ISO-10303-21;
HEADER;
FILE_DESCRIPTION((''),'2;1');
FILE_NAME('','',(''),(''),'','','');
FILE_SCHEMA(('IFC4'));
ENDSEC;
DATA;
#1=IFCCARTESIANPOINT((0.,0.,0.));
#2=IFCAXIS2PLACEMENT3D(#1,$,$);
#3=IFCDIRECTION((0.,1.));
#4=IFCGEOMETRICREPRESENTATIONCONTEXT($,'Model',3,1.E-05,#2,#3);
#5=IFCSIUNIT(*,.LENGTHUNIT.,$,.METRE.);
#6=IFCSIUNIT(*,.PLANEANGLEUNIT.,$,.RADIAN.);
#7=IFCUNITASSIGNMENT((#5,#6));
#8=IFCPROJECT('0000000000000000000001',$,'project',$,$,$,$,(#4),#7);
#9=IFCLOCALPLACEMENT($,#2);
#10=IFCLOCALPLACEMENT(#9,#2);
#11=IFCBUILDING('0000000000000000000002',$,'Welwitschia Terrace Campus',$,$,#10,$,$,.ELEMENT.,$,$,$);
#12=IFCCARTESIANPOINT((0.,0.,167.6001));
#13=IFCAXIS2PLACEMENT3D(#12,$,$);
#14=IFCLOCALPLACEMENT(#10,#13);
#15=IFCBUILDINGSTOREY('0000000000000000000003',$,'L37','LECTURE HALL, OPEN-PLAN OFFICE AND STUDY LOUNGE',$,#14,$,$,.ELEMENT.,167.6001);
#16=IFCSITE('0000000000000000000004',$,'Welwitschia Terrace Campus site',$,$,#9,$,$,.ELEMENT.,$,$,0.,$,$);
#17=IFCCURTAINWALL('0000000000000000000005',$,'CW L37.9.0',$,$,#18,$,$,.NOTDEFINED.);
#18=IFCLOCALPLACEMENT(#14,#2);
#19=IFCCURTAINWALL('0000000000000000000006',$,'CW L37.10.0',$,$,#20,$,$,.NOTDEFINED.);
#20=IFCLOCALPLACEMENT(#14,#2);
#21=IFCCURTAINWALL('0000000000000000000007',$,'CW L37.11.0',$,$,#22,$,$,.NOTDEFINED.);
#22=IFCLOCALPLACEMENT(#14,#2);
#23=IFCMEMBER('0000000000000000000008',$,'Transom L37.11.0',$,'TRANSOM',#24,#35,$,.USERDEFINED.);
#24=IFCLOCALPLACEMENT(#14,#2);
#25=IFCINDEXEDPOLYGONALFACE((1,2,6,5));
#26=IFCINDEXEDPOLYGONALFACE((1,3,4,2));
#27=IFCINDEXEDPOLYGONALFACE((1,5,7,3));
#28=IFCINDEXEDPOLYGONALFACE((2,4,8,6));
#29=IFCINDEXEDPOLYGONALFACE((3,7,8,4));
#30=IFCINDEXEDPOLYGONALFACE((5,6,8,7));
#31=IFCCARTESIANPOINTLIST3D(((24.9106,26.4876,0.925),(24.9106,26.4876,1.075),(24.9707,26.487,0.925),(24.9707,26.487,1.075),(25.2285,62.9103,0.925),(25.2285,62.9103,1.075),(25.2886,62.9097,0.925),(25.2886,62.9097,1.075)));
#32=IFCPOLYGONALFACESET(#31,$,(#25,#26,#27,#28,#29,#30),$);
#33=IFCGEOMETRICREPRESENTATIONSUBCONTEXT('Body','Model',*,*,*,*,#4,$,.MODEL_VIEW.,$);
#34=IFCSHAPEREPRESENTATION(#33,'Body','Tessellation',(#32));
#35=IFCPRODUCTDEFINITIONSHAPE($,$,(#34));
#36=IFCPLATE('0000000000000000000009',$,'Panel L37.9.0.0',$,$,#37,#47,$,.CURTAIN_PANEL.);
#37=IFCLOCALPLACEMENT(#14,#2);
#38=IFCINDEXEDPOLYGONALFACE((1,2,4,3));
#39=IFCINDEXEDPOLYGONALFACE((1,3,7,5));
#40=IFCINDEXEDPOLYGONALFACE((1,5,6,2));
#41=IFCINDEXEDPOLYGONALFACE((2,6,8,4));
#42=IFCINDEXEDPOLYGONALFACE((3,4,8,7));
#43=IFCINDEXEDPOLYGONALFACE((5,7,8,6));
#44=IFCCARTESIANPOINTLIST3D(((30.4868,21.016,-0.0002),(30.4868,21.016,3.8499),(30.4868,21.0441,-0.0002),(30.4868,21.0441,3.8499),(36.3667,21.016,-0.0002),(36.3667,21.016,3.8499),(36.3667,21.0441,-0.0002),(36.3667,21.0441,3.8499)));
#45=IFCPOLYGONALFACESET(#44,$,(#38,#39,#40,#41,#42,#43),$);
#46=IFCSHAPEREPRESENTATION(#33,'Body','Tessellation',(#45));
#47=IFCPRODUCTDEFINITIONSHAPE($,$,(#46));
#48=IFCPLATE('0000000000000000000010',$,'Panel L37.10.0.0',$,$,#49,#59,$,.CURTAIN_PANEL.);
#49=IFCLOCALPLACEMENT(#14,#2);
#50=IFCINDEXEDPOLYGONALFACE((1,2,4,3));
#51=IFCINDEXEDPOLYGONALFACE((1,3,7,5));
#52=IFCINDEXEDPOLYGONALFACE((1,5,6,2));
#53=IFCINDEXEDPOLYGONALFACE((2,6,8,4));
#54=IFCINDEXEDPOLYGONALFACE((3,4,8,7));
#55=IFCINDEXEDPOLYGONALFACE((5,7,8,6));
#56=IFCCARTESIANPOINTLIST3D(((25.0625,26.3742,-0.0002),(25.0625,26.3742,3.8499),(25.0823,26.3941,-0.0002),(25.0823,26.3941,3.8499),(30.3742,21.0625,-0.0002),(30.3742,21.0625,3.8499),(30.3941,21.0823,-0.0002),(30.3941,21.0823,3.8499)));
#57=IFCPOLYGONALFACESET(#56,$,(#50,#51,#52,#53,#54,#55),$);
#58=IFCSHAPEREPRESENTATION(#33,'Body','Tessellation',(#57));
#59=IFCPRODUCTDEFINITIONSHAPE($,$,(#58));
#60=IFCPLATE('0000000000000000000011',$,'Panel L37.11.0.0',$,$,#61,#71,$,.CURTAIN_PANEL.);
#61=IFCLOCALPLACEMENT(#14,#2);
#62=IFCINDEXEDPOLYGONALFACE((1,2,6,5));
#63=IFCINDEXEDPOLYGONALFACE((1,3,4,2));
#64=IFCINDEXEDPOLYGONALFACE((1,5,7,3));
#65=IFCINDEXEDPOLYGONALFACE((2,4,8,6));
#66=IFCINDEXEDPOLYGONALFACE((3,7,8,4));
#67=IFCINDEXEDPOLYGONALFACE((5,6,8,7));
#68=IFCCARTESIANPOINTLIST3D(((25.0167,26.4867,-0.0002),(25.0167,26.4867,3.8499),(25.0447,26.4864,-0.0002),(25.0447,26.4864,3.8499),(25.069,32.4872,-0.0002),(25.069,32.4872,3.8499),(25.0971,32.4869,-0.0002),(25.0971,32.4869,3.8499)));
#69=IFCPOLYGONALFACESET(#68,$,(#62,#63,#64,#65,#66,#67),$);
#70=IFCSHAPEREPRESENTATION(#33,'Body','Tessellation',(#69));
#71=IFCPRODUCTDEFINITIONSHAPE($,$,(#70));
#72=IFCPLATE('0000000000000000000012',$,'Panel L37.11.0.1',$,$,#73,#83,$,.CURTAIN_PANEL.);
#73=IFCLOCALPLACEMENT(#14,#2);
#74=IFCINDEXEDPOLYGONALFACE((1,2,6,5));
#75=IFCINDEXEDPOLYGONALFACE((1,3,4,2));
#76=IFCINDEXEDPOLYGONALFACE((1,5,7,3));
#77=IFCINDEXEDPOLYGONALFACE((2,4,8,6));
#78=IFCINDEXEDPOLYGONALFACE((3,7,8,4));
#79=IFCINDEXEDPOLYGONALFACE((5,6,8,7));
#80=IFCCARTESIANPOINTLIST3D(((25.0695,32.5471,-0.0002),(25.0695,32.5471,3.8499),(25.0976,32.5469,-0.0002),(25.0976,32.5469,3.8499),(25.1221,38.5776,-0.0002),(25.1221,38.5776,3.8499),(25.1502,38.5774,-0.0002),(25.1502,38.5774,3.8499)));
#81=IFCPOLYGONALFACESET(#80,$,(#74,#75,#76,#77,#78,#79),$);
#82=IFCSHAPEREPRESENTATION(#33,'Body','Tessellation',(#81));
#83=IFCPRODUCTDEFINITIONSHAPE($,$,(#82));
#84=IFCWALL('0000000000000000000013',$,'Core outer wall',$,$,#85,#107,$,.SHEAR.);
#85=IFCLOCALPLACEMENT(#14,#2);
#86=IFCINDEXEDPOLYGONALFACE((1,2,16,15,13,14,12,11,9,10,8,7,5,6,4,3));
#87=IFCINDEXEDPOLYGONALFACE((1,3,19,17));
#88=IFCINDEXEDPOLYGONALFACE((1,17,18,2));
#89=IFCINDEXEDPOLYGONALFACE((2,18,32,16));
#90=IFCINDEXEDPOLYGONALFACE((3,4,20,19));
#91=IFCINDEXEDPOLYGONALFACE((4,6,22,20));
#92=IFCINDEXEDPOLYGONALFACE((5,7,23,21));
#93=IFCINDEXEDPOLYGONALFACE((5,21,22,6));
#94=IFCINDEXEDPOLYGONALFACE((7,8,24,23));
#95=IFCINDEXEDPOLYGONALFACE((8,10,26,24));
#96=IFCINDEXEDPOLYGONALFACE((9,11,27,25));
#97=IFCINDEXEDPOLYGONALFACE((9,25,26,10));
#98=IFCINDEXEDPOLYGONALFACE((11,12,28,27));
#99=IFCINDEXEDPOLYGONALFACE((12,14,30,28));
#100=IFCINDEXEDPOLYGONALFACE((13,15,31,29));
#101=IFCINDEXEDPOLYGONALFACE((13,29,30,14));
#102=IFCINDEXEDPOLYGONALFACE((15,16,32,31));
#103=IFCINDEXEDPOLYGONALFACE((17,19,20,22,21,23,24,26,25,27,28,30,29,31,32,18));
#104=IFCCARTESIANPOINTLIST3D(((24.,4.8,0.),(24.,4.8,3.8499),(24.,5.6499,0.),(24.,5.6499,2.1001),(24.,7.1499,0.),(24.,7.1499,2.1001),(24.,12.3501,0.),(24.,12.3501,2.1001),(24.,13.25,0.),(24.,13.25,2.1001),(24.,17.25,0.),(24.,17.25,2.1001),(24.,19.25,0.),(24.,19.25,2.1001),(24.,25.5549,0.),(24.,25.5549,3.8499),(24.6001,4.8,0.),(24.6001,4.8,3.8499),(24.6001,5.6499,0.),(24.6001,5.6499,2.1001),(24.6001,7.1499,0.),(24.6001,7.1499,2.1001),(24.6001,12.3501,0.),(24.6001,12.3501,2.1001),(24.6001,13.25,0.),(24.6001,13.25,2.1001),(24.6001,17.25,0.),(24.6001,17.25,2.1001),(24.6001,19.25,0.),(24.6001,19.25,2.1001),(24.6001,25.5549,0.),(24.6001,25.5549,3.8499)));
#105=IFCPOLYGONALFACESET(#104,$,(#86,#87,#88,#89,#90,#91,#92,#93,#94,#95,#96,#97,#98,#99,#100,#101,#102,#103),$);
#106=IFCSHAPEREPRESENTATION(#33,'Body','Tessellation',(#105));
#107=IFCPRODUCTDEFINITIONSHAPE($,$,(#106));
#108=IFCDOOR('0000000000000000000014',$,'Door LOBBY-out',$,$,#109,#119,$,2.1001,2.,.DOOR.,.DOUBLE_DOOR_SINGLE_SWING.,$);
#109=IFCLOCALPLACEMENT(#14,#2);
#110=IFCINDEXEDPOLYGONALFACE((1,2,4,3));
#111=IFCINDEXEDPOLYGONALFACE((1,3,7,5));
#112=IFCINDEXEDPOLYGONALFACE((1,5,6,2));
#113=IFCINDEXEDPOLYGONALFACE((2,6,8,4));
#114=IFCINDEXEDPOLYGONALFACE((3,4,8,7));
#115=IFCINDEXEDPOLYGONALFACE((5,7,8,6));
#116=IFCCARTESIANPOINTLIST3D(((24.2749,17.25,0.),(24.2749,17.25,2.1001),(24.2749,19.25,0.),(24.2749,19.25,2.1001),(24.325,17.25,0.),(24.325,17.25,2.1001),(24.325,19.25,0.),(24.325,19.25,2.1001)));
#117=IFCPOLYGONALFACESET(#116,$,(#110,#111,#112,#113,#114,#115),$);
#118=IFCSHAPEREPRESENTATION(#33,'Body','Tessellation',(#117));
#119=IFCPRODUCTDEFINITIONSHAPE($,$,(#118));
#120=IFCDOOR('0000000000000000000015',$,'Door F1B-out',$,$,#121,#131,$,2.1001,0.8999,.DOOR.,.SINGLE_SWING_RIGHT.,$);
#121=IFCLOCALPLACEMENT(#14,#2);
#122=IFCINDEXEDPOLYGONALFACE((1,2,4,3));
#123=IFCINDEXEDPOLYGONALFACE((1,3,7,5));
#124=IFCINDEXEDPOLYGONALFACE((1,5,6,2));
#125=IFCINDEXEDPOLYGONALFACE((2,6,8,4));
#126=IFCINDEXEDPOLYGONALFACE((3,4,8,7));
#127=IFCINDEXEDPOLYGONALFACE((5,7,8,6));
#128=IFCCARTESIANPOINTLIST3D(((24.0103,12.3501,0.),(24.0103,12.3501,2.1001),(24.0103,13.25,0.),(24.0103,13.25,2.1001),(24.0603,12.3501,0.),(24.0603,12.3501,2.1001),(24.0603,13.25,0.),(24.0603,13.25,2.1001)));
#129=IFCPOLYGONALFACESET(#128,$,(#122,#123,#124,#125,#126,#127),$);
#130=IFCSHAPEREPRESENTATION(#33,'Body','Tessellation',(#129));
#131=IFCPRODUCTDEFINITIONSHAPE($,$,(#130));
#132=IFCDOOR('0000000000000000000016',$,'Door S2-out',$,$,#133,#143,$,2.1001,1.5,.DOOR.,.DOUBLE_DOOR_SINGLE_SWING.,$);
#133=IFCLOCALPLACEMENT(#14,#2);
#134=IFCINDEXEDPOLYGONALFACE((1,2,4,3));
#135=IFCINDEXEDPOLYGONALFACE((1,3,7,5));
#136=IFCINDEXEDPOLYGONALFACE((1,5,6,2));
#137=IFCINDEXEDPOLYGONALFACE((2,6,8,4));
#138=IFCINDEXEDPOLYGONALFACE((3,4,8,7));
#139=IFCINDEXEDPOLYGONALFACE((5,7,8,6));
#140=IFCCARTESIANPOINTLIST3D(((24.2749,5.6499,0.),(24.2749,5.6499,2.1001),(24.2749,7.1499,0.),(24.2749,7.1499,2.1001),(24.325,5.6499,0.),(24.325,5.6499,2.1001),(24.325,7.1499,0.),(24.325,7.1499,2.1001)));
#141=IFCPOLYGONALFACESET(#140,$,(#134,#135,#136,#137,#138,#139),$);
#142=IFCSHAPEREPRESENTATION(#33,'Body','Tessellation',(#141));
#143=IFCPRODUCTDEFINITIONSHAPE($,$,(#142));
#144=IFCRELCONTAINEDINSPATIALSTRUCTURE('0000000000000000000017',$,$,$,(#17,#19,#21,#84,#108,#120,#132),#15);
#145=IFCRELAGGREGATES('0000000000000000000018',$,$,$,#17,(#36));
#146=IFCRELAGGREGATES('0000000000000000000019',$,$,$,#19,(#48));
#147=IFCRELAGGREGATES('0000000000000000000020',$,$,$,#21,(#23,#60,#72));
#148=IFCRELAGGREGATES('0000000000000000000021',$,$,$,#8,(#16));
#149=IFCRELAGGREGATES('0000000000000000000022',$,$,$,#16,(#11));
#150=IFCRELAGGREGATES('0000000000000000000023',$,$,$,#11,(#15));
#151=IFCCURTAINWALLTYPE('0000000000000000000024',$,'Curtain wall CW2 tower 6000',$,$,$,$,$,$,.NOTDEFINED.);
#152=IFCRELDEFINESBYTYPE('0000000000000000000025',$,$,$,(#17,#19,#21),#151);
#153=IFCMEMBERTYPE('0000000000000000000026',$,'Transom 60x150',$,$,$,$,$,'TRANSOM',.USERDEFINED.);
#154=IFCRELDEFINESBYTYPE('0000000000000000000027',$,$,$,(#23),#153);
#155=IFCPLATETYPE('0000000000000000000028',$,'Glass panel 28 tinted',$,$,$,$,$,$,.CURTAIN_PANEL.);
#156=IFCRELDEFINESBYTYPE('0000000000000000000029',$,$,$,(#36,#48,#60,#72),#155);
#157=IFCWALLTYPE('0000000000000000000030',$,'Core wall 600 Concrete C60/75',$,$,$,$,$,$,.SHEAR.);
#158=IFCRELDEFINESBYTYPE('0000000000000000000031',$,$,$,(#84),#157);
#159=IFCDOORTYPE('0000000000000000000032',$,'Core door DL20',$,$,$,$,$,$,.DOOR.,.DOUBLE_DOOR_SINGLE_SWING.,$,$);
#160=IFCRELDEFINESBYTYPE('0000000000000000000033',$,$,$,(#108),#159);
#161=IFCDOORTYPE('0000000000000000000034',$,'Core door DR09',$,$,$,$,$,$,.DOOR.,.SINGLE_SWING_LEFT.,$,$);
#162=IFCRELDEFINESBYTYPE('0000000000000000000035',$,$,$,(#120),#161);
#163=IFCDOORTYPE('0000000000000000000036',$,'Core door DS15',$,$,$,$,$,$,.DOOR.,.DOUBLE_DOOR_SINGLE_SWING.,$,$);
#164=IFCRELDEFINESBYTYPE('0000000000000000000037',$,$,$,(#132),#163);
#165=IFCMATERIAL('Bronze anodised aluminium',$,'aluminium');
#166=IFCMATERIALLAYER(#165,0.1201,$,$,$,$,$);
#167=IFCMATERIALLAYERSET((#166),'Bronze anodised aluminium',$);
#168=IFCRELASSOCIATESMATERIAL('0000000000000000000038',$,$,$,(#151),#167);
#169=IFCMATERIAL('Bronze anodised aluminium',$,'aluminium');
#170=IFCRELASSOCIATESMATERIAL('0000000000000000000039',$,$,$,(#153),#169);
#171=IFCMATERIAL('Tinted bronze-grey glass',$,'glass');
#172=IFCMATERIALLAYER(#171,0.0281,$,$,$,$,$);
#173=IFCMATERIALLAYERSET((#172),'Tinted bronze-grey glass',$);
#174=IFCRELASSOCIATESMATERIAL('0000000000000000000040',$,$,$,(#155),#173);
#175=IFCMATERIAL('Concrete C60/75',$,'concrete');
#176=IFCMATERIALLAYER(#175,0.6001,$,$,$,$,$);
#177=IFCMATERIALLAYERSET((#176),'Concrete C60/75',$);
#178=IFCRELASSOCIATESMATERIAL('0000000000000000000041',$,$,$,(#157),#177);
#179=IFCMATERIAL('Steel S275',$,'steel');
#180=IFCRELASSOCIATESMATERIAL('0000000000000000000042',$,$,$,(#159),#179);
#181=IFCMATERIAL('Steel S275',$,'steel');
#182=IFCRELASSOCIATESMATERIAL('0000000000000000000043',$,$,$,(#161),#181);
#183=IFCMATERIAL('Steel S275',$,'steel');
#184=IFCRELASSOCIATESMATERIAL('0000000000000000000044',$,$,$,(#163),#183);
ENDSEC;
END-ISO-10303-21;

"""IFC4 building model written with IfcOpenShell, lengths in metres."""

from ifc_helpers import new_model, si_unit, direction, frame, frame_2d, origin, origin_2d, place, context, subcontext, project, spatial, rectangle, extrude, material, layer, layer_set, material_profile, profile_set, type_object, element, fill, aggregate, save


model = new_model("IFC4")

# Units and contexts
model_context = context("Model", 3, precision=1e-05, world=origin(), true_north=direction((0.0, 1.0)))
body_context = subcontext(model_context, "Body", "Model", "MODEL_VIEW")
ifc_project = project(units=[si_unit("LENGTHUNIT", "METRE"), si_unit("PLANEANGLEUNIT", "RADIAN")], contexts=[model_context])

# Site, building, storey
site_placement = place(None, origin())
site = spatial("IfcSite", under=ifc_project, at=site_placement, Name="Welwitschia Terrace Campus site", CompositionType="ELEMENT", RefElevation=0.0)
building_placement = place(site_placement, origin())
building = spatial("IfcBuilding", under=site, at=building_placement, Name="Welwitschia Terrace Campus", CompositionType="ELEMENT")
storey_placement = place(building_placement, frame((0.0, 0.0, 167.6001)))
storey = spatial("IfcBuildingStorey", under=building, at=storey_placement, Name="L37", Description="LECTURE HALL, OPEN-PLAN OFFICE AND STUDY LOUNGE", CompositionType="ELEMENT", Elevation=167.6001)

# Shared definitions
ifc_material_1 = material(Name="Bronze anodised aluminium", Category="aluminium")
ifc_layer_1 = layer(ifc_material_1, 0.1201)
ifc_layer_set_1 = layer_set([ifc_layer_1], Name="Bronze anodised aluminium")
curtain_wall_type = type_object("IfcCurtainWallType", Name="Curtain wall CW2 tower 6000", PredefinedType="NOTDEFINED", material=ifc_layer_set_1)

# Curtain walls
curtain_wall_1_placement = place(storey_placement, origin())
curtain_wall_1 = element("IfcCurtainWall", 1, at=curtain_wall_1_placement, inside=storey, type_object=curtain_wall_type, Name="CW L37.9.0", PredefinedType="NOTDEFINED")
curtain_wall_2_placement = place(storey_placement, origin())
curtain_wall_2 = element("IfcCurtainWall", 2, at=curtain_wall_2_placement, inside=storey, type_object=curtain_wall_type, Name="CW L37.10.0", PredefinedType="NOTDEFINED")
curtain_wall_3_placement = place(storey_placement, origin())
curtain_wall_3 = element("IfcCurtainWall", 3, at=curtain_wall_3_placement, inside=storey, type_object=curtain_wall_type, Name="CW L37.11.0", PredefinedType="NOTDEFINED")

# Member
ifc_material_2 = material(Name="Bronze anodised aluminium", Category="aluminium")
ifc_material_profile_1 = material_profile(ifc_material_2, rectangle(XDim=0.0601, YDim=0.1499, at=origin_2d()))
ifc_profile_set_1 = profile_set([ifc_material_profile_1], Name="Bronze anodised aluminium")
member_type_1 = type_object("IfcMemberType", Name="Transom 60x150", ElementType="TRANSOM", PredefinedType="USERDEFINED", material=ifc_profile_set_1)
member_1_placement = place(storey_placement, frame((24.9407, 26.4873, 1.0), z_axis=(0.008727, 0.999962, 0.0), x_axis=(-0.999962, 0.008727, 0.0)))
member_1 = element("IfcMember", 4, at=member_1_placement, type_object=member_type_1, Name="Transom L37.11.0", ObjectType="TRANSOM", PredefinedType="USERDEFINED", context=body_context, shape_type="SweptSolid", body=[
    extrude(rectangle(XDim=0.0601, YDim=0.1499, at=origin_2d()), origin(), (0.0, 0.0, 1.0), 36.4241),
])

# Plates
ifc_material_3 = material(Name="Tinted bronze-grey glass", Category="glass")
ifc_layer_2 = layer(ifc_material_3, 0.0281)
ifc_layer_set_2 = layer_set([ifc_layer_2], Name="Tinted bronze-grey glass")
plate_type = type_object("IfcPlateType", Name="Glass panel 28 tinted", PredefinedType="CURTAIN_PANEL", material=ifc_layer_set_2)
plate_1_placement = place(storey_placement, frame((33.4268, 21.03, -0.0002), z_axis=(0.0, 0.0, 1.0), x_axis=(-1.0, 0.0, 0.0)))
plate_1 = element("IfcPlate", 5, at=plate_1_placement, type_object=plate_type, Name="Panel L37.9.0.0", PredefinedType="CURTAIN_PANEL", context=body_context, shape_type="SweptSolid", body=[
    extrude(rectangle(XDim=5.8799, YDim=0.0281, at=origin_2d()), origin(), (0.0, 0.0, 1.0), 3.8501),
])
aggregate(curtain_wall_1, [plate_1])
plate_2_placement = place(storey_placement, frame((27.7283, 23.7283, -0.0002), z_axis=(0.0, 0.0, 1.0), x_axis=(-0.707107, 0.707107, 0.0)))
plate_2 = element("IfcPlate", 6, at=plate_2_placement, type_object=plate_type, Name="Panel L37.10.0.0", PredefinedType="CURTAIN_PANEL", context=body_context, shape_type="SweptSolid", body=[
    extrude(rectangle(XDim=7.512, YDim=0.0281, at=origin_2d()), origin(), (0.0, 0.0, 1.0), 3.8501),
])
aggregate(curtain_wall_2, [plate_2])
plate_3_placement = place(storey_placement, frame((25.0569, 29.4868, -0.0002), z_axis=(0.0, 0.0, 1.0), x_axis=(0.008727, 0.999962, 0.0)))
plate_3 = element("IfcPlate", 7, at=plate_3_placement, type_object=plate_type, Name="Panel L37.11.0.0", PredefinedType="CURTAIN_PANEL", context=body_context, shape_type="SweptSolid", body=[
    extrude(rectangle(XDim=6.0007, YDim=0.0281, at=origin_2d()), origin(), (0.0, 0.0, 1.0), 3.8501),
])
plate_4_placement = place(storey_placement, frame((25.1099, 35.5623, -0.0002), z_axis=(0.0, 0.0, 1.0), x_axis=(0.008727, 0.999962, 0.0)))
plate_4 = element("IfcPlate", 8, at=plate_4_placement, type_object=plate_type, Name="Panel L37.11.0.1", PredefinedType="CURTAIN_PANEL", context=body_context, shape_type="SweptSolid", body=[
    extrude(rectangle(XDim=6.0308, YDim=0.0281, at=origin_2d()), origin(), (0.0, 0.0, 1.0), 3.8501),
])
aggregate(curtain_wall_3, [member_1, plate_3, plate_4])

# Wall, openings, doors
ifc_material_4 = material(Name="Concrete C60/75", Category="concrete")
ifc_layer_3 = layer(ifc_material_4, 0.6001)
ifc_layer_set_3 = layer_set([ifc_layer_3], Name="Concrete C60/75")
wall_type = type_object("IfcWallType", Name="Core wall 600 Concrete C60/75", PredefinedType="SHEAR", material=ifc_layer_set_3)
wall_placement = place(storey_placement, frame((24.3, 25.5549, 0.0), z_axis=(0.0, 0.0, 1.0), x_axis=(0.0, -1.0, 0.0)))
wall = element("IfcWall", 9, at=wall_placement, inside=storey, type_object=wall_type, Name="Core outer wall", PredefinedType="SHEAR", context=body_context, shape_type="SweptSolid", body=[
    extrude(rectangle(XDim=20.7549, YDim=0.6001, at=frame_2d((10.3774, 0.0))), origin(), (0.0, 0.0, 1.0), 3.8499),
])
opening_1_placement = place(wall_placement, frame((18.405, 0.0, 0.0)))
opening_1 = element("IfcOpeningElement", 10, at=opening_1_placement, cuts=wall, PredefinedType="OPENING", context=body_context, shape_type="SweptSolid", body=[
    extrude(rectangle(XDim=1.5, YDim=2.1001, at=frame_2d((0.75, 1.05))), frame((0.0, 0.3101, 0.0), z_axis=(0.0, -1.0, 0.0), x_axis=(1.0, 0.0, 0.0)), (0.0, 0.0, 1.0), 0.6201),
])
opening_2_placement = place(wall_placement, frame((12.3049, 0.0, 0.0)))
opening_2 = element("IfcOpeningElement", 11, at=opening_2_placement, cuts=wall, PredefinedType="OPENING", context=body_context, shape_type="SweptSolid", body=[
    extrude(rectangle(XDim=0.8999, YDim=2.1001, at=frame_2d((0.45, 1.05))), frame((0.0, 0.3101, 0.0), z_axis=(0.0, -1.0, 0.0), x_axis=(1.0, 0.0, 0.0)), (0.0, 0.0, 1.0), 0.6201),
])
opening_3_placement = place(wall_placement, frame((6.3049, 0.0, 0.0)))
opening_3 = element("IfcOpeningElement", 12, at=opening_3_placement, cuts=wall, PredefinedType="OPENING", context=body_context, shape_type="SweptSolid", body=[
    extrude(rectangle(XDim=2.0, YDim=2.1001, at=frame_2d((1.0, 1.05))), frame((0.0, 0.3101, 0.0), z_axis=(0.0, -1.0, 0.0), x_axis=(1.0, 0.0, 0.0)), (0.0, 0.0, 1.0), 0.6201),
])
ifc_material_5 = material(Name="Steel S275", Category="steel")
door_type_1 = type_object("IfcDoorType", Name="Core door DL20", OperationType="DOUBLE_DOOR_SINGLE_SWING", PredefinedType="DOOR", material=ifc_material_5)
door_1_placement = place(opening_3_placement, origin())
door_1 = element("IfcDoor", 13, at=door_1_placement, inside=storey, type_object=door_type_1, Name="Door LOBBY-out", OperationType="DOUBLE_DOOR_SINGLE_SWING", OverallHeight=2.1001, OverallWidth=2.0, PredefinedType="DOOR", context=body_context, shape_type="SweptSolid", body=[
    extrude(rectangle(XDim=2.0, YDim=2.1001, at=frame_2d((1.0, 1.05))), frame((0.0, 0.0249, 0.0), z_axis=(0.0, -1.0, 0.0), x_axis=(1.0, 0.0, 0.0)), (0.0, 0.0, 1.0), 0.05),
])
fill(opening_3, door_1)
ifc_material_6 = material(Name="Steel S275", Category="steel")
door_type_2 = type_object("IfcDoorType", Name="Core door DR09", OperationType="SINGLE_SWING_LEFT", PredefinedType="DOOR", material=ifc_material_6)
door_2_placement = place(opening_2_placement, origin())
door_2 = element("IfcDoor", 14, at=door_2_placement, inside=storey, type_object=door_type_2, Name="Door F1B-out", OperationType="SINGLE_SWING_RIGHT", OverallHeight=2.1001, OverallWidth=0.8999, PredefinedType="DOOR", context=body_context, shape_type="SweptSolid", body=[
    extrude(rectangle(XDim=0.8999, YDim=2.1001, at=frame_2d((0.45, 1.05))), frame((0.0, -0.2397, 0.0), z_axis=(0.0, -1.0, 0.0), x_axis=(1.0, 0.0, 0.0)), (0.0, 0.0, 1.0), 0.05),
])
fill(opening_2, door_2)
ifc_material_7 = material(Name="Steel S275", Category="steel")
door_type_3 = type_object("IfcDoorType", Name="Core door DS15", OperationType="DOUBLE_DOOR_SINGLE_SWING", PredefinedType="DOOR", material=ifc_material_7)
door_3_placement = place(opening_1_placement, origin())
door_3 = element("IfcDoor", 15, at=door_3_placement, inside=storey, type_object=door_type_3, Name="Door S2-out", OperationType="DOUBLE_DOOR_SINGLE_SWING", OverallHeight=2.1001, OverallWidth=1.5, PredefinedType="DOOR", context=body_context, shape_type="SweptSolid", body=[
    extrude(rectangle(XDim=1.5, YDim=2.1001, at=frame_2d((0.75, 1.05))), frame((0.0, 0.0249, 0.0), z_axis=(0.0, -1.0, 0.0), x_axis=(1.0, 0.0, 0.0)), (0.0, 0.0, 1.0), 0.05),
])
fill(opening_1, door_3)

save(model, "model.ifc")
